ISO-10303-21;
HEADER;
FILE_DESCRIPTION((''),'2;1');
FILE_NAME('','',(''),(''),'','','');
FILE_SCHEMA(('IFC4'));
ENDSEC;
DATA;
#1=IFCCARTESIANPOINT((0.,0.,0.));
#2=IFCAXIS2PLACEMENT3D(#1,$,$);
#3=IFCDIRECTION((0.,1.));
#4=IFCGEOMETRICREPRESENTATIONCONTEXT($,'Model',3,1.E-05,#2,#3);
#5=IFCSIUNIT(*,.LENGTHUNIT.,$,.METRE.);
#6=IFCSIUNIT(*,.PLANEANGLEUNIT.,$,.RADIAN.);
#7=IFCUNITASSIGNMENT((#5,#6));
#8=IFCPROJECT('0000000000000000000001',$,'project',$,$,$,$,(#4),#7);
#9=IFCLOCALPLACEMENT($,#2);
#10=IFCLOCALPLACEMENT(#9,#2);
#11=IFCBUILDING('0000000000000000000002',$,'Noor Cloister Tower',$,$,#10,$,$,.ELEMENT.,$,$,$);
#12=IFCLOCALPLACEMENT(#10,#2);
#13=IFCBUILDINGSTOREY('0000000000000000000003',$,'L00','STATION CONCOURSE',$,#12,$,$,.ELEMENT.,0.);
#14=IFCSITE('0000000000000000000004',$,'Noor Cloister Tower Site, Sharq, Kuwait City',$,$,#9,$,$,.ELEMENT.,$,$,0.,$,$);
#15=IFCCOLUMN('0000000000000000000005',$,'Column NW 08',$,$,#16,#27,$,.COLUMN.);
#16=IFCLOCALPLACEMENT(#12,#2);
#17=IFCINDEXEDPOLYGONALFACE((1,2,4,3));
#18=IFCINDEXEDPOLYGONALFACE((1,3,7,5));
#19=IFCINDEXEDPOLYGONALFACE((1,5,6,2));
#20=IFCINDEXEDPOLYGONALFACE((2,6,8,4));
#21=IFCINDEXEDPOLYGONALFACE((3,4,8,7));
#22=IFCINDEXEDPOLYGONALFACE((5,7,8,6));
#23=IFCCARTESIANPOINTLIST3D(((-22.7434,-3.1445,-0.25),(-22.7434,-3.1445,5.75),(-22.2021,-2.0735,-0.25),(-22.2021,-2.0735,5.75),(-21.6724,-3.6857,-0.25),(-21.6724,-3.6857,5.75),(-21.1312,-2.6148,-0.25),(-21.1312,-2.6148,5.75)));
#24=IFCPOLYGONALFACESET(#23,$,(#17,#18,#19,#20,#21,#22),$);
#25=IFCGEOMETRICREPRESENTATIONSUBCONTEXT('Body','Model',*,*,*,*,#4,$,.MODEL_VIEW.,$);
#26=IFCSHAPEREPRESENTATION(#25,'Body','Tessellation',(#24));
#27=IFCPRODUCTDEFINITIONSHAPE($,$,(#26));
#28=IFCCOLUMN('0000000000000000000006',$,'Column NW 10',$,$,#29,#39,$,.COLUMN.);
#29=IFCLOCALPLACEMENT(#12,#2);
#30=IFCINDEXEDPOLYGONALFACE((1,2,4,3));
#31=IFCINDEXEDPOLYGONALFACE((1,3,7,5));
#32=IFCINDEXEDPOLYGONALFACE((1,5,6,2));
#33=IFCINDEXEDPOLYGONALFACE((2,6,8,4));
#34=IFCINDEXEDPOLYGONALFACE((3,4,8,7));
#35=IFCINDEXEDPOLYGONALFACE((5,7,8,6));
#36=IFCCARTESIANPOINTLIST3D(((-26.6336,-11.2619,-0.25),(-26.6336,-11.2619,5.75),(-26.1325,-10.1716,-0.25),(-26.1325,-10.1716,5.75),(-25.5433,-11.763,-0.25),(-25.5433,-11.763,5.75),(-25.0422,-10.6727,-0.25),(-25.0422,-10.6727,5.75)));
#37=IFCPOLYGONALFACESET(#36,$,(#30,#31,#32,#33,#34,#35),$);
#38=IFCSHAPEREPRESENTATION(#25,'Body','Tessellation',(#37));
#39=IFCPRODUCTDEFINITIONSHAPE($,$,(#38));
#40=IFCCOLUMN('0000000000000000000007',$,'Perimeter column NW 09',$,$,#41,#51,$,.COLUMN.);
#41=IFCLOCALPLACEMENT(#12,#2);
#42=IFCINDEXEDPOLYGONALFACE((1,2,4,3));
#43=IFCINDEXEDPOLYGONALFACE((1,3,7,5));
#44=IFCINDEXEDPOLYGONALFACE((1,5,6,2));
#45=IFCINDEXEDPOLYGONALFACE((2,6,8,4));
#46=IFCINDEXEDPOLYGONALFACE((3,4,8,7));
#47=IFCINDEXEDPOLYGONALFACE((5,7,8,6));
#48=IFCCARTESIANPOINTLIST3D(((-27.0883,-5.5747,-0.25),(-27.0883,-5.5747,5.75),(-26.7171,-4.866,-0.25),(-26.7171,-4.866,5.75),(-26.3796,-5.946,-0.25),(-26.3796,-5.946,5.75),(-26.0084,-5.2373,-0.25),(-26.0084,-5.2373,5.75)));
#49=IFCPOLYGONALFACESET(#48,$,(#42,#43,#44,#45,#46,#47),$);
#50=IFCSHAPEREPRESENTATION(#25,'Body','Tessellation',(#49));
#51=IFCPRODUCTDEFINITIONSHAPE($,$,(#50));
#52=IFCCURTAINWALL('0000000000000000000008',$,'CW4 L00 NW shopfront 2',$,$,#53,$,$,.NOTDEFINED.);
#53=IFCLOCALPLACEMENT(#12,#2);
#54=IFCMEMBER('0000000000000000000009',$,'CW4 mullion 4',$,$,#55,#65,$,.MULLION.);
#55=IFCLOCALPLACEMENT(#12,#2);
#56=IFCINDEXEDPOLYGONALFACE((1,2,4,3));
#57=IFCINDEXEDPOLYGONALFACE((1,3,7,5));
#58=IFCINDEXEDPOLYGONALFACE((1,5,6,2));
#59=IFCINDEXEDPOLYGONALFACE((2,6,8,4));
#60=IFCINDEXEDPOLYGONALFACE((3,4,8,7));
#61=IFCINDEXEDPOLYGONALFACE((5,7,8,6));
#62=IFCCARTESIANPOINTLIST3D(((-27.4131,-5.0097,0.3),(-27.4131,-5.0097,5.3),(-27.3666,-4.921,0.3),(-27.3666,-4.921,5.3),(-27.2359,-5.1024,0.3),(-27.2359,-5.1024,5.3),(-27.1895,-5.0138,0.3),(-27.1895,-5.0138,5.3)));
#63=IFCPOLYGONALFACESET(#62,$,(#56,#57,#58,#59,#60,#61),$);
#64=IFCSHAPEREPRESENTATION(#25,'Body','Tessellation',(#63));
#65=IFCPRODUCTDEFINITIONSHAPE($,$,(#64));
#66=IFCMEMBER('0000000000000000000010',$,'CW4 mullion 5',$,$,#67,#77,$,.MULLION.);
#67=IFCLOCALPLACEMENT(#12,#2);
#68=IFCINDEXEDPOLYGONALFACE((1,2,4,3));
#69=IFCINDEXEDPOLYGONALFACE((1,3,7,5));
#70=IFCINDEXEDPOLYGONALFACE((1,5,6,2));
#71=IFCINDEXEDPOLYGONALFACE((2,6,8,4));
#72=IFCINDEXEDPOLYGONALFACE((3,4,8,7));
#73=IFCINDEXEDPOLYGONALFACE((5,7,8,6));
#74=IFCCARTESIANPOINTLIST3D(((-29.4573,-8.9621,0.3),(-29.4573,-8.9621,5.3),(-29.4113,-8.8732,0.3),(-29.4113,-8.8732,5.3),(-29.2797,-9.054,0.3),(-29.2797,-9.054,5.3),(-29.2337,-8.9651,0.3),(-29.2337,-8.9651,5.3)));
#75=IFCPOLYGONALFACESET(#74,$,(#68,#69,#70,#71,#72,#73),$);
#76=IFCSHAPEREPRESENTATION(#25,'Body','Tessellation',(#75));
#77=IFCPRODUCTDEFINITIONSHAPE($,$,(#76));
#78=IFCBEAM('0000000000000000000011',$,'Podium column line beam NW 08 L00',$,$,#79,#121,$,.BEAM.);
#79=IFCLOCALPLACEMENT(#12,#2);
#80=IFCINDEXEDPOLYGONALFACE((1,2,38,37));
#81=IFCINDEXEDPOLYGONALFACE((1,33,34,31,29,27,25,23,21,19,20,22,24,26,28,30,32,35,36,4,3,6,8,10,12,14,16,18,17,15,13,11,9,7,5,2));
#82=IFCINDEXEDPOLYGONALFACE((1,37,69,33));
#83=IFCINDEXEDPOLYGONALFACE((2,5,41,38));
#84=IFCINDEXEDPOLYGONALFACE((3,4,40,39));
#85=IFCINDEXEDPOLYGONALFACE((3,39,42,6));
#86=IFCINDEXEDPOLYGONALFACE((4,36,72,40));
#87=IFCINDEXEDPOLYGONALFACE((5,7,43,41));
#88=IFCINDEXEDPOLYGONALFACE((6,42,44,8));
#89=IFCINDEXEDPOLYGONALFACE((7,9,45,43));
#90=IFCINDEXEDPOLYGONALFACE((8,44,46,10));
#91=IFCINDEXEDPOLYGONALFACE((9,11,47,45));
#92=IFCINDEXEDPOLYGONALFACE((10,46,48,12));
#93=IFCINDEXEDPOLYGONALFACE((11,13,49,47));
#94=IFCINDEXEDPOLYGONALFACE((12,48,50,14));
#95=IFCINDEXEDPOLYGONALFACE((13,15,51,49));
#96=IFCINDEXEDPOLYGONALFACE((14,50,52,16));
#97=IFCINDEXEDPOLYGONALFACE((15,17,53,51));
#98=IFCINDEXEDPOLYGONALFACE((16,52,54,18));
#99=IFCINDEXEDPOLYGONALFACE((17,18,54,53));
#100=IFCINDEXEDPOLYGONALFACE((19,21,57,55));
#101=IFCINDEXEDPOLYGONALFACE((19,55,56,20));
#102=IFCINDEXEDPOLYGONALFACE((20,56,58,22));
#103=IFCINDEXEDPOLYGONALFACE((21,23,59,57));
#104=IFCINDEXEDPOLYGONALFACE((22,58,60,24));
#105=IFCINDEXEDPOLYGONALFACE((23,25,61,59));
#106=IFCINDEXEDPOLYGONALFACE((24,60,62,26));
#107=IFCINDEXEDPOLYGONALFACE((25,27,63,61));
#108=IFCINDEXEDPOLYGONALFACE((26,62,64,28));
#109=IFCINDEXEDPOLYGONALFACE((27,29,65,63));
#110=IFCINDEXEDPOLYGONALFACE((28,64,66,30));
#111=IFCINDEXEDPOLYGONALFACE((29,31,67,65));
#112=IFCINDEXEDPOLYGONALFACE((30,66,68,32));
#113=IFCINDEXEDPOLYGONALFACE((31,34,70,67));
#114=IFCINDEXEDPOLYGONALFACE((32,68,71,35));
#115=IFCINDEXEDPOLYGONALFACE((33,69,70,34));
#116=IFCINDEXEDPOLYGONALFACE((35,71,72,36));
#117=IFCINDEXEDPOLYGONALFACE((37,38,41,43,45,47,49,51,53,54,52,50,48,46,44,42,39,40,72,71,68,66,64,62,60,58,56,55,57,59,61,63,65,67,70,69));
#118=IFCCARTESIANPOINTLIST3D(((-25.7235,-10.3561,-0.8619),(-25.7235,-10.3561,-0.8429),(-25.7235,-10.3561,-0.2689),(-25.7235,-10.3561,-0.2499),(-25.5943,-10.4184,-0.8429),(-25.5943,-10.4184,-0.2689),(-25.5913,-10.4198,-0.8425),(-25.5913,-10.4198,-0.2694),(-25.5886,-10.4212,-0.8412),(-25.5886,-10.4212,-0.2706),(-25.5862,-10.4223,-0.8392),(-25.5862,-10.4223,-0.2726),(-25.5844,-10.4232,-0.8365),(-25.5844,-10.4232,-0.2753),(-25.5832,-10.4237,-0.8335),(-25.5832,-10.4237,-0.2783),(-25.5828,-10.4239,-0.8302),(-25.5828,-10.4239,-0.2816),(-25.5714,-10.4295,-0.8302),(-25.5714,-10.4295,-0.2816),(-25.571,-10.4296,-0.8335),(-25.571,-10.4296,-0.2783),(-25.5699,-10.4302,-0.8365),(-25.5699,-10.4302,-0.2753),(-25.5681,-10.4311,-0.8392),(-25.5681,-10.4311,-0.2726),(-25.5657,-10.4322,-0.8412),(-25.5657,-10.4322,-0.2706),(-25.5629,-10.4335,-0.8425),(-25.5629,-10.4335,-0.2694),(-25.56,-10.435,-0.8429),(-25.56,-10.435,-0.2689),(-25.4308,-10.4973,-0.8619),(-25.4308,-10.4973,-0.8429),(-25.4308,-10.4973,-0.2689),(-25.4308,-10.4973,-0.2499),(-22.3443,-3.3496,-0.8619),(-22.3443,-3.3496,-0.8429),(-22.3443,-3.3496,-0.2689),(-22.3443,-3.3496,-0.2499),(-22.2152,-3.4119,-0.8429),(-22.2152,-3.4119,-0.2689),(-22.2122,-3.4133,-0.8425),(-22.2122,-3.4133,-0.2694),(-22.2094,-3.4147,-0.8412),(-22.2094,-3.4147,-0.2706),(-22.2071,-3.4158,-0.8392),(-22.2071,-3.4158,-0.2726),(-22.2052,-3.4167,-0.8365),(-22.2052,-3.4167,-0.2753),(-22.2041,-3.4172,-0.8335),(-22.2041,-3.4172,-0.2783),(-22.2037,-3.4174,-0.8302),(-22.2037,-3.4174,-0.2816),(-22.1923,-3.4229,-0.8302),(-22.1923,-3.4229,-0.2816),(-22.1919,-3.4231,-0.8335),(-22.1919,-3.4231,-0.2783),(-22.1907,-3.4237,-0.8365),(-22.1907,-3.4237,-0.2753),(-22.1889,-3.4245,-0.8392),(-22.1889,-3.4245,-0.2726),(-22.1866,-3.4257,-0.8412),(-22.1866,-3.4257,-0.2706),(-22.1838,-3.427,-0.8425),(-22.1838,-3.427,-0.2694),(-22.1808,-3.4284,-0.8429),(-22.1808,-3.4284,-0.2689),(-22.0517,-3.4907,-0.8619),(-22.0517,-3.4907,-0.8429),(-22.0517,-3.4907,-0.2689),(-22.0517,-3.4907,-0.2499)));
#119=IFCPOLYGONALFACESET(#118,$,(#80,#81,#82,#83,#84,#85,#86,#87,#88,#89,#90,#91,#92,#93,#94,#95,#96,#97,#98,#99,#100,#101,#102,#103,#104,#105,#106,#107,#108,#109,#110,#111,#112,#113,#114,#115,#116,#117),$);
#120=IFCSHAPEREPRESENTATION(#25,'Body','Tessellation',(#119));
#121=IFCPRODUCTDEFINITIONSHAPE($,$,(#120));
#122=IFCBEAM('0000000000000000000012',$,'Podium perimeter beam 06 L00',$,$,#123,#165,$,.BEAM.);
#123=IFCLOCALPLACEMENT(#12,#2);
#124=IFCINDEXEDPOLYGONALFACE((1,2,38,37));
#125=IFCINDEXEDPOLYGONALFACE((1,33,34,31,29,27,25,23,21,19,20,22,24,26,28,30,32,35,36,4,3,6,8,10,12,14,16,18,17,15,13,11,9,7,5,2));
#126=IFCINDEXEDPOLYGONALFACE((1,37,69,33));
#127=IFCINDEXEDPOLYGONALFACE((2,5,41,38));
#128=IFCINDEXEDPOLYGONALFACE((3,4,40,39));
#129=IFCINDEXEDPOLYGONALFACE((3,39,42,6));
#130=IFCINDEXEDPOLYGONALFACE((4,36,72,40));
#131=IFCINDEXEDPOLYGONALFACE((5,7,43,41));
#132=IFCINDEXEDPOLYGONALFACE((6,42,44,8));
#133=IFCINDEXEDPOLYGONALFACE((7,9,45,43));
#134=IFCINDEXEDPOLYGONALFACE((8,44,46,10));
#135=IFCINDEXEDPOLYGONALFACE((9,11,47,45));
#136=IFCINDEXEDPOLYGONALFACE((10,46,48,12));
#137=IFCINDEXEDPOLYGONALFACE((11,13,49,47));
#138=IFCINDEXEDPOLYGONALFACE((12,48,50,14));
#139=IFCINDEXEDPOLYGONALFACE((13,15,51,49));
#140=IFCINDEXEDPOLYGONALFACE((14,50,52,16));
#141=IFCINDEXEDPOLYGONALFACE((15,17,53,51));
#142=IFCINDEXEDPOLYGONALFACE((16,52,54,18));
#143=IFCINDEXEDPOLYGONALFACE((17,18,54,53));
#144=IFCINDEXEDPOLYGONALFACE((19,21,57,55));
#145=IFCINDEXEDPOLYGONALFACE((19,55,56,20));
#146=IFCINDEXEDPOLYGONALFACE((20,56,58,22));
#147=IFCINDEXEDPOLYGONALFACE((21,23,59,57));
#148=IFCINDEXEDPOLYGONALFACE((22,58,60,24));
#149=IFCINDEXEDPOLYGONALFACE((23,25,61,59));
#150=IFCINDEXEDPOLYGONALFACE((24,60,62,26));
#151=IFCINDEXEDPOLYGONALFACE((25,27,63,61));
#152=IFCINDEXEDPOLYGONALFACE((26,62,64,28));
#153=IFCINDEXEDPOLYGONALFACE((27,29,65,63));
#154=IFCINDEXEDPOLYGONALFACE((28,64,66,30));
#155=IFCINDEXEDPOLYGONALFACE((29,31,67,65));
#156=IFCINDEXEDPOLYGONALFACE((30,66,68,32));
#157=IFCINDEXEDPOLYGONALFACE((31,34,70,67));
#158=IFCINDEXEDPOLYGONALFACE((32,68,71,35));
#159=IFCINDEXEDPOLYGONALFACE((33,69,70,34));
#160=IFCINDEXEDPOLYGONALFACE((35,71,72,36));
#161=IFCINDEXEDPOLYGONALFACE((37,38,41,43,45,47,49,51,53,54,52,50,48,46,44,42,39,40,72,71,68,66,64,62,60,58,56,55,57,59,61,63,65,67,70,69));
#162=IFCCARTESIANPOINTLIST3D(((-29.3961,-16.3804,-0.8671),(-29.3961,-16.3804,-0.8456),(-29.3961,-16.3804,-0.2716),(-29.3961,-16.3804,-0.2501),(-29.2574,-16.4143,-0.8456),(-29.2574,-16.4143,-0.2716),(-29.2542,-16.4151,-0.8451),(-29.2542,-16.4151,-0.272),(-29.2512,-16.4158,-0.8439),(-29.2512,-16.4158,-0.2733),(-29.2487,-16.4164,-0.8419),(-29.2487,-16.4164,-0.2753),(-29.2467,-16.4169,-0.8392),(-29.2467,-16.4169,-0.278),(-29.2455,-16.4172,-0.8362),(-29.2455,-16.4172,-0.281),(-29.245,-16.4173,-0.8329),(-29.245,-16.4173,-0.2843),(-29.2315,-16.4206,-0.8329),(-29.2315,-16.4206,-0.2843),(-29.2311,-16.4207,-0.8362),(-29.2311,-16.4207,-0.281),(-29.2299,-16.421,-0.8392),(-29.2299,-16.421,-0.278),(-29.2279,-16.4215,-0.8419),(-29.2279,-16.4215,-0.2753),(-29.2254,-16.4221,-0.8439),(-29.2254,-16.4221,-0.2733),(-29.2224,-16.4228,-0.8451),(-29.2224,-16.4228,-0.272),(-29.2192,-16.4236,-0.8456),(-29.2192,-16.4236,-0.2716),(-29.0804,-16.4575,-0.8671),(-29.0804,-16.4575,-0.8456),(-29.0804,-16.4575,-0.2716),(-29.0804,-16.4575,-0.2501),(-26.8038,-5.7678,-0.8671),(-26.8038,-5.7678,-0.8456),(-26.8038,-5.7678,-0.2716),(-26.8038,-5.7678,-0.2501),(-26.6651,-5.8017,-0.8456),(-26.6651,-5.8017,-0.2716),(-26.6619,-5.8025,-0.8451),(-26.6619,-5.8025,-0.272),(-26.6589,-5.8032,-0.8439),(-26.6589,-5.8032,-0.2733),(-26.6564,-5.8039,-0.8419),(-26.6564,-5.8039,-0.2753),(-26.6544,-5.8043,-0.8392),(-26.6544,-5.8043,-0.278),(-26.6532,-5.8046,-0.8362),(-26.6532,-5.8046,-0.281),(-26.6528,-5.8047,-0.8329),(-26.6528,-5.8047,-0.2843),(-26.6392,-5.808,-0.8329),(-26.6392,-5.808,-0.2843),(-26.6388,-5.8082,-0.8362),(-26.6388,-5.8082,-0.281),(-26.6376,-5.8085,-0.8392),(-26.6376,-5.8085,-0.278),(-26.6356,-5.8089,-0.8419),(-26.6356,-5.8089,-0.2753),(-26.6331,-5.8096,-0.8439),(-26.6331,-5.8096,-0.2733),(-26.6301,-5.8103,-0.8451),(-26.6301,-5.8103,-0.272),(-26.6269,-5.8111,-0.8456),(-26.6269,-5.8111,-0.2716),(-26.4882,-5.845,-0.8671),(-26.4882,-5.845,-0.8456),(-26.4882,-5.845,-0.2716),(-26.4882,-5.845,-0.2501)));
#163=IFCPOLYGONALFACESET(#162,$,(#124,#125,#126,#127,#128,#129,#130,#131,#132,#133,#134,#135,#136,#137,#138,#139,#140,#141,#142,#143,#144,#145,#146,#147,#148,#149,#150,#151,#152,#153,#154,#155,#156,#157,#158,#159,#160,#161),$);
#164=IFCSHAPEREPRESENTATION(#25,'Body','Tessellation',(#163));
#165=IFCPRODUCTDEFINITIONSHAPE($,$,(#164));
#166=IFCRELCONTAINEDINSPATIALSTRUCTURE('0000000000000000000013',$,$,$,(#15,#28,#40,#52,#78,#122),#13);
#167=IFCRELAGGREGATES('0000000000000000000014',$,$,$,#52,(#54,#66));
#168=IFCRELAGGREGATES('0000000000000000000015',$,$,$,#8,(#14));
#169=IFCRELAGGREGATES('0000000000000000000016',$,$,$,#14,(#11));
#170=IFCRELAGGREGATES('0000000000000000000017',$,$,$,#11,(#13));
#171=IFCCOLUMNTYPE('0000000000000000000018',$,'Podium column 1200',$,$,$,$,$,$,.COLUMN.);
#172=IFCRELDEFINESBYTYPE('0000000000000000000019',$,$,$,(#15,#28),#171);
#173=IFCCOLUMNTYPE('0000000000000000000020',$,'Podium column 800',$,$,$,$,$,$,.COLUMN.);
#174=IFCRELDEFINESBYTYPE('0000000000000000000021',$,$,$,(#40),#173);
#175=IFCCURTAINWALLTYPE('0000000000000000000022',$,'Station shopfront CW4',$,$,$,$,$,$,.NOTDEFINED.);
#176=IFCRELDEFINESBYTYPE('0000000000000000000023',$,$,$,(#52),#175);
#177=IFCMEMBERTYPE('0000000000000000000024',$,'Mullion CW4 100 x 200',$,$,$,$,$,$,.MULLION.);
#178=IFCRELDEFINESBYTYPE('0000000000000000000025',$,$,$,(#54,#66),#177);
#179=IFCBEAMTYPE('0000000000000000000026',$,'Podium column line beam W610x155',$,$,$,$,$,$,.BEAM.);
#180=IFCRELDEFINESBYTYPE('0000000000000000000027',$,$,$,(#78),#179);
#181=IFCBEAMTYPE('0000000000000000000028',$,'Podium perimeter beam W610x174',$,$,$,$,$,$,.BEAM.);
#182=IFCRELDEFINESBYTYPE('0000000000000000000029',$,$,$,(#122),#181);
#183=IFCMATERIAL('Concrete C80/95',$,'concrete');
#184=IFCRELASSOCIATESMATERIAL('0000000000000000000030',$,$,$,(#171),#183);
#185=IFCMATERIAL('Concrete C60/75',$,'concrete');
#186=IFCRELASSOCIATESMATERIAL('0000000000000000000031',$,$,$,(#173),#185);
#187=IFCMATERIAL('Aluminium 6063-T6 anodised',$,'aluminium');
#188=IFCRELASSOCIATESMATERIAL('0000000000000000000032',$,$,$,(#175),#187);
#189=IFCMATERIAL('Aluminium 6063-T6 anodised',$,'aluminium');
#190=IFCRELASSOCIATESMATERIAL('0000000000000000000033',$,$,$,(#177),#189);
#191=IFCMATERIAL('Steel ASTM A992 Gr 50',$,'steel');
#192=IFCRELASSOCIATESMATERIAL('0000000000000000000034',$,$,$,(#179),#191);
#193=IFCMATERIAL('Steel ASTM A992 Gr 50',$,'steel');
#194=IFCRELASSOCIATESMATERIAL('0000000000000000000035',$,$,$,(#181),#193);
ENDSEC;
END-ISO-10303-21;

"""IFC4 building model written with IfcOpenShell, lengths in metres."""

from ifc_helpers import new_model, si_unit, direction, frame, origin, origin_2d, place, context, subcontext, project, spatial, rectangle, i_section, extrude, material, material_profile, profile_set, type_object, element, aggregate, save


model = new_model("IFC4")

# Units and contexts
model_context = context("Model", 3, precision=1e-05, world=origin(), true_north=direction((0.0, 1.0)))
body_context = subcontext(model_context, "Body", "Model", "MODEL_VIEW")
ifc_project = project(units=[si_unit("LENGTHUNIT", "METRE"), si_unit("PLANEANGLEUNIT", "RADIAN")], contexts=[model_context])

# Site, building, storey
site_placement = place(None, origin())
site = spatial("IfcSite", under=ifc_project, at=site_placement, Name="Noor Cloister Tower Site, Sharq, Kuwait City", CompositionType="ELEMENT", RefElevation=0.0)
building_placement = place(site_placement, origin())
building = spatial("IfcBuilding", under=site, at=building_placement, Name="Noor Cloister Tower", CompositionType="ELEMENT")
storey_placement = place(building_placement, origin())
storey = spatial("IfcBuildingStorey", under=building, at=storey_placement, Name="L00", Description="STATION CONCOURSE", CompositionType="ELEMENT", Elevation=0.0)

# Columns
ifc_material_1 = material(Name="Concrete C80/95", Category="concrete")
ifc_material_profile_1 = material_profile(ifc_material_1, rectangle(XDim=1.2, YDim=1.2, at=origin_2d()), Name="Podium column 1200")
ifc_profile_set_1 = profile_set([ifc_material_profile_1], Name="Concrete C80/95")
column_type_1 = type_object("IfcColumnType", Name="Podium column 1200", PredefinedType="COLUMN", material=ifc_profile_set_1)
for number, where, z_axis, x_axis, name in (
    (1, (-21.9373, -2.8796, -0.25), (0.0, 0.0, 1.0), (-0.892501, 0.451046, 0.0), "Column NW 08"),
    (2, (-25.8379, -10.9673, -0.25), (0.0, 0.0, 1.0), (-0.90862, 0.417624, 0.0), "Column NW 10"),
):
    element("IfcColumn", number, at=place(storey_placement, frame(where, z_axis=z_axis, x_axis=x_axis)), inside=storey, type_object=column_type_1, Name=name, PredefinedType="COLUMN", context=body_context, shape_type="SweptSolid", body=[
        extrude(rectangle(XDim=1.2, YDim=1.2, at=origin_2d()), origin(), (0.0, 0.0, 1.0), 6.0),
    ])
ifc_material_2 = material(Name="Concrete C60/75", Category="concrete")
ifc_material_profile_2 = material_profile(ifc_material_2, rectangle(XDim=0.8, YDim=0.8, at=origin_2d()), Name="Podium column 800")
ifc_profile_set_2 = profile_set([ifc_material_profile_2], Name="Concrete C60/75")
column_type_2 = type_object("IfcColumnType", Name="Podium column 800", PredefinedType="COLUMN", material=ifc_profile_set_2)
column_placement = place(storey_placement, frame((-26.5483, -5.406, -0.25), z_axis=(0.0, 0.0, 1.0), x_axis=(-0.885828, 0.464014, 0.0)))
element("IfcColumn", 3, at=column_placement, inside=storey, type_object=column_type_2, Name="Perimeter column NW 09", PredefinedType="COLUMN", context=body_context, shape_type="SweptSolid", body=[
    extrude(rectangle(XDim=0.8, YDim=0.8, at=origin_2d()), origin(), (0.0, 0.0, 1.0), 6.0),
])

# Curtain wall, members
ifc_material_3 = material(Name="Aluminium 6063-T6 anodised", Category="aluminium")
curtain_wall_type = type_object("IfcCurtainWallType", Name="Station shopfront CW4", PredefinedType="NOTDEFINED", material=ifc_material_3)
curtain_wall_placement = place(storey_placement, origin())
curtain_wall = element("IfcCurtainWall", 4, at=curtain_wall_placement, inside=storey, type_object=curtain_wall_type, Name="CW4 L00 NW shopfront 2", PredefinedType="NOTDEFINED")
ifc_material_4 = material(Name="Aluminium 6063-T6 anodised", Category="aluminium")
ifc_material_profile_3 = material_profile(ifc_material_4, rectangle(XDim=0.2, YDim=0.1001, at=origin_2d()), Name="200 x 100 mullion")
ifc_profile_set_3 = profile_set([ifc_material_profile_3], Name="Aluminium 6063-T6 anodised")
member_type = type_object("IfcMemberType", Name="Mullion CW4 100 x 200", PredefinedType="MULLION", material=ifc_profile_set_3)
member_1_placement = place(storey_placement, frame((-27.3013, -5.0117, 0.3), z_axis=(0.0, 0.0, 1.0), x_axis=(0.885828, -0.464014, 0.0)))
member_1 = element("IfcMember", 5, at=member_1_placement, type_object=member_type, Name="CW4 mullion 4", PredefinedType="MULLION", context=body_context, shape_type="SweptSolid", body=[
    extrude(rectangle(XDim=0.2, YDim=0.1001, at=origin_2d()), origin(), (0.0, 0.0, 1.0), 5.0),
])
member_2_placement = place(storey_placement, frame((-29.3455, -8.9636, 0.3), z_axis=(0.0, 0.0, 1.0), x_axis=(0.888199, -0.45946, 0.0)))
member_2 = element("IfcMember", 6, at=member_2_placement, type_object=member_type, Name="CW4 mullion 5", PredefinedType="MULLION", context=body_context, shape_type="SweptSolid", body=[
    extrude(rectangle(XDim=0.2, YDim=0.1001, at=origin_2d()), origin(), (0.0, 0.0, 1.0), 5.0),
])

# Beams
ifc_material_5 = material(Name="Steel ASTM A992 Gr 50", Category="steel")
ifc_material_profile_4 = material_profile(ifc_material_5, i_section(OverallWidth=0.325, OverallDepth=0.6121, WebThickness=0.0127, FlangeThickness=0.019, FilletRadius=0.0127, at=origin_2d()), Name="W610x155")
ifc_profile_set_4 = profile_set([ifc_material_profile_4], Name="Steel ASTM A992 Gr 50")
beam_type_1 = type_object("IfcBeamType", Name="Podium column line beam W610x155", PredefinedType="BEAM", material=ifc_profile_set_4)
beam_1_placement = place(storey_placement, frame((-22.198, -3.4202, -0.5559), z_axis=(-0.434401, -0.90072, 0.0), x_axis=(0.90072, -0.434401, 0.0)))
element("IfcBeam", 7, at=beam_1_placement, inside=storey, type_object=beam_type_1, Name="Podium column line beam NW 08 L00", PredefinedType="BEAM", context=body_context, shape_type="SweptSolid", body=[
    extrude(i_section(OverallWidth=0.325, OverallDepth=0.6121, WebThickness=0.0127, FlangeThickness=0.019, FilletRadius=0.0127, at=origin_2d()), origin(), (0.0, 0.0, 1.0), 7.7788),
])
ifc_material_6 = material(Name="Steel ASTM A992 Gr 50", Category="steel")
ifc_material_profile_5 = material_profile(ifc_material_6, i_section(OverallWidth=0.325, OverallDepth=0.6169, WebThickness=0.0139, FlangeThickness=0.0215, FilletRadius=0.0127, at=origin_2d()), Name="W610x174")
ifc_profile_set_5 = profile_set([ifc_material_profile_5], Name="Steel ASTM A992 Gr 50")
beam_type_2 = type_object("IfcBeamType", Name="Podium perimeter beam W610x174", PredefinedType="BEAM", material=ifc_profile_set_5)
beam_2_placement = place(storey_placement, frame((-26.646, -5.8064, -0.5586), z_axis=(-0.23729, -0.971439, 0.0), x_axis=(0.971439, -0.23729, 0.0)))
element("IfcBeam", 8, at=beam_2_placement, inside=storey, type_object=beam_type_2, Name="Podium perimeter beam 06 L00", PredefinedType="BEAM", context=body_context, shape_type="SweptSolid", body=[
    extrude(i_section(OverallWidth=0.325, OverallDepth=0.6169, WebThickness=0.0139, FlangeThickness=0.0215, FilletRadius=0.0127, at=origin_2d()), origin(), (0.0, 0.0, 1.0), 10.9246),
])

aggregate(curtain_wall, [member_1, member_2])

save(model, "model.ifc")
